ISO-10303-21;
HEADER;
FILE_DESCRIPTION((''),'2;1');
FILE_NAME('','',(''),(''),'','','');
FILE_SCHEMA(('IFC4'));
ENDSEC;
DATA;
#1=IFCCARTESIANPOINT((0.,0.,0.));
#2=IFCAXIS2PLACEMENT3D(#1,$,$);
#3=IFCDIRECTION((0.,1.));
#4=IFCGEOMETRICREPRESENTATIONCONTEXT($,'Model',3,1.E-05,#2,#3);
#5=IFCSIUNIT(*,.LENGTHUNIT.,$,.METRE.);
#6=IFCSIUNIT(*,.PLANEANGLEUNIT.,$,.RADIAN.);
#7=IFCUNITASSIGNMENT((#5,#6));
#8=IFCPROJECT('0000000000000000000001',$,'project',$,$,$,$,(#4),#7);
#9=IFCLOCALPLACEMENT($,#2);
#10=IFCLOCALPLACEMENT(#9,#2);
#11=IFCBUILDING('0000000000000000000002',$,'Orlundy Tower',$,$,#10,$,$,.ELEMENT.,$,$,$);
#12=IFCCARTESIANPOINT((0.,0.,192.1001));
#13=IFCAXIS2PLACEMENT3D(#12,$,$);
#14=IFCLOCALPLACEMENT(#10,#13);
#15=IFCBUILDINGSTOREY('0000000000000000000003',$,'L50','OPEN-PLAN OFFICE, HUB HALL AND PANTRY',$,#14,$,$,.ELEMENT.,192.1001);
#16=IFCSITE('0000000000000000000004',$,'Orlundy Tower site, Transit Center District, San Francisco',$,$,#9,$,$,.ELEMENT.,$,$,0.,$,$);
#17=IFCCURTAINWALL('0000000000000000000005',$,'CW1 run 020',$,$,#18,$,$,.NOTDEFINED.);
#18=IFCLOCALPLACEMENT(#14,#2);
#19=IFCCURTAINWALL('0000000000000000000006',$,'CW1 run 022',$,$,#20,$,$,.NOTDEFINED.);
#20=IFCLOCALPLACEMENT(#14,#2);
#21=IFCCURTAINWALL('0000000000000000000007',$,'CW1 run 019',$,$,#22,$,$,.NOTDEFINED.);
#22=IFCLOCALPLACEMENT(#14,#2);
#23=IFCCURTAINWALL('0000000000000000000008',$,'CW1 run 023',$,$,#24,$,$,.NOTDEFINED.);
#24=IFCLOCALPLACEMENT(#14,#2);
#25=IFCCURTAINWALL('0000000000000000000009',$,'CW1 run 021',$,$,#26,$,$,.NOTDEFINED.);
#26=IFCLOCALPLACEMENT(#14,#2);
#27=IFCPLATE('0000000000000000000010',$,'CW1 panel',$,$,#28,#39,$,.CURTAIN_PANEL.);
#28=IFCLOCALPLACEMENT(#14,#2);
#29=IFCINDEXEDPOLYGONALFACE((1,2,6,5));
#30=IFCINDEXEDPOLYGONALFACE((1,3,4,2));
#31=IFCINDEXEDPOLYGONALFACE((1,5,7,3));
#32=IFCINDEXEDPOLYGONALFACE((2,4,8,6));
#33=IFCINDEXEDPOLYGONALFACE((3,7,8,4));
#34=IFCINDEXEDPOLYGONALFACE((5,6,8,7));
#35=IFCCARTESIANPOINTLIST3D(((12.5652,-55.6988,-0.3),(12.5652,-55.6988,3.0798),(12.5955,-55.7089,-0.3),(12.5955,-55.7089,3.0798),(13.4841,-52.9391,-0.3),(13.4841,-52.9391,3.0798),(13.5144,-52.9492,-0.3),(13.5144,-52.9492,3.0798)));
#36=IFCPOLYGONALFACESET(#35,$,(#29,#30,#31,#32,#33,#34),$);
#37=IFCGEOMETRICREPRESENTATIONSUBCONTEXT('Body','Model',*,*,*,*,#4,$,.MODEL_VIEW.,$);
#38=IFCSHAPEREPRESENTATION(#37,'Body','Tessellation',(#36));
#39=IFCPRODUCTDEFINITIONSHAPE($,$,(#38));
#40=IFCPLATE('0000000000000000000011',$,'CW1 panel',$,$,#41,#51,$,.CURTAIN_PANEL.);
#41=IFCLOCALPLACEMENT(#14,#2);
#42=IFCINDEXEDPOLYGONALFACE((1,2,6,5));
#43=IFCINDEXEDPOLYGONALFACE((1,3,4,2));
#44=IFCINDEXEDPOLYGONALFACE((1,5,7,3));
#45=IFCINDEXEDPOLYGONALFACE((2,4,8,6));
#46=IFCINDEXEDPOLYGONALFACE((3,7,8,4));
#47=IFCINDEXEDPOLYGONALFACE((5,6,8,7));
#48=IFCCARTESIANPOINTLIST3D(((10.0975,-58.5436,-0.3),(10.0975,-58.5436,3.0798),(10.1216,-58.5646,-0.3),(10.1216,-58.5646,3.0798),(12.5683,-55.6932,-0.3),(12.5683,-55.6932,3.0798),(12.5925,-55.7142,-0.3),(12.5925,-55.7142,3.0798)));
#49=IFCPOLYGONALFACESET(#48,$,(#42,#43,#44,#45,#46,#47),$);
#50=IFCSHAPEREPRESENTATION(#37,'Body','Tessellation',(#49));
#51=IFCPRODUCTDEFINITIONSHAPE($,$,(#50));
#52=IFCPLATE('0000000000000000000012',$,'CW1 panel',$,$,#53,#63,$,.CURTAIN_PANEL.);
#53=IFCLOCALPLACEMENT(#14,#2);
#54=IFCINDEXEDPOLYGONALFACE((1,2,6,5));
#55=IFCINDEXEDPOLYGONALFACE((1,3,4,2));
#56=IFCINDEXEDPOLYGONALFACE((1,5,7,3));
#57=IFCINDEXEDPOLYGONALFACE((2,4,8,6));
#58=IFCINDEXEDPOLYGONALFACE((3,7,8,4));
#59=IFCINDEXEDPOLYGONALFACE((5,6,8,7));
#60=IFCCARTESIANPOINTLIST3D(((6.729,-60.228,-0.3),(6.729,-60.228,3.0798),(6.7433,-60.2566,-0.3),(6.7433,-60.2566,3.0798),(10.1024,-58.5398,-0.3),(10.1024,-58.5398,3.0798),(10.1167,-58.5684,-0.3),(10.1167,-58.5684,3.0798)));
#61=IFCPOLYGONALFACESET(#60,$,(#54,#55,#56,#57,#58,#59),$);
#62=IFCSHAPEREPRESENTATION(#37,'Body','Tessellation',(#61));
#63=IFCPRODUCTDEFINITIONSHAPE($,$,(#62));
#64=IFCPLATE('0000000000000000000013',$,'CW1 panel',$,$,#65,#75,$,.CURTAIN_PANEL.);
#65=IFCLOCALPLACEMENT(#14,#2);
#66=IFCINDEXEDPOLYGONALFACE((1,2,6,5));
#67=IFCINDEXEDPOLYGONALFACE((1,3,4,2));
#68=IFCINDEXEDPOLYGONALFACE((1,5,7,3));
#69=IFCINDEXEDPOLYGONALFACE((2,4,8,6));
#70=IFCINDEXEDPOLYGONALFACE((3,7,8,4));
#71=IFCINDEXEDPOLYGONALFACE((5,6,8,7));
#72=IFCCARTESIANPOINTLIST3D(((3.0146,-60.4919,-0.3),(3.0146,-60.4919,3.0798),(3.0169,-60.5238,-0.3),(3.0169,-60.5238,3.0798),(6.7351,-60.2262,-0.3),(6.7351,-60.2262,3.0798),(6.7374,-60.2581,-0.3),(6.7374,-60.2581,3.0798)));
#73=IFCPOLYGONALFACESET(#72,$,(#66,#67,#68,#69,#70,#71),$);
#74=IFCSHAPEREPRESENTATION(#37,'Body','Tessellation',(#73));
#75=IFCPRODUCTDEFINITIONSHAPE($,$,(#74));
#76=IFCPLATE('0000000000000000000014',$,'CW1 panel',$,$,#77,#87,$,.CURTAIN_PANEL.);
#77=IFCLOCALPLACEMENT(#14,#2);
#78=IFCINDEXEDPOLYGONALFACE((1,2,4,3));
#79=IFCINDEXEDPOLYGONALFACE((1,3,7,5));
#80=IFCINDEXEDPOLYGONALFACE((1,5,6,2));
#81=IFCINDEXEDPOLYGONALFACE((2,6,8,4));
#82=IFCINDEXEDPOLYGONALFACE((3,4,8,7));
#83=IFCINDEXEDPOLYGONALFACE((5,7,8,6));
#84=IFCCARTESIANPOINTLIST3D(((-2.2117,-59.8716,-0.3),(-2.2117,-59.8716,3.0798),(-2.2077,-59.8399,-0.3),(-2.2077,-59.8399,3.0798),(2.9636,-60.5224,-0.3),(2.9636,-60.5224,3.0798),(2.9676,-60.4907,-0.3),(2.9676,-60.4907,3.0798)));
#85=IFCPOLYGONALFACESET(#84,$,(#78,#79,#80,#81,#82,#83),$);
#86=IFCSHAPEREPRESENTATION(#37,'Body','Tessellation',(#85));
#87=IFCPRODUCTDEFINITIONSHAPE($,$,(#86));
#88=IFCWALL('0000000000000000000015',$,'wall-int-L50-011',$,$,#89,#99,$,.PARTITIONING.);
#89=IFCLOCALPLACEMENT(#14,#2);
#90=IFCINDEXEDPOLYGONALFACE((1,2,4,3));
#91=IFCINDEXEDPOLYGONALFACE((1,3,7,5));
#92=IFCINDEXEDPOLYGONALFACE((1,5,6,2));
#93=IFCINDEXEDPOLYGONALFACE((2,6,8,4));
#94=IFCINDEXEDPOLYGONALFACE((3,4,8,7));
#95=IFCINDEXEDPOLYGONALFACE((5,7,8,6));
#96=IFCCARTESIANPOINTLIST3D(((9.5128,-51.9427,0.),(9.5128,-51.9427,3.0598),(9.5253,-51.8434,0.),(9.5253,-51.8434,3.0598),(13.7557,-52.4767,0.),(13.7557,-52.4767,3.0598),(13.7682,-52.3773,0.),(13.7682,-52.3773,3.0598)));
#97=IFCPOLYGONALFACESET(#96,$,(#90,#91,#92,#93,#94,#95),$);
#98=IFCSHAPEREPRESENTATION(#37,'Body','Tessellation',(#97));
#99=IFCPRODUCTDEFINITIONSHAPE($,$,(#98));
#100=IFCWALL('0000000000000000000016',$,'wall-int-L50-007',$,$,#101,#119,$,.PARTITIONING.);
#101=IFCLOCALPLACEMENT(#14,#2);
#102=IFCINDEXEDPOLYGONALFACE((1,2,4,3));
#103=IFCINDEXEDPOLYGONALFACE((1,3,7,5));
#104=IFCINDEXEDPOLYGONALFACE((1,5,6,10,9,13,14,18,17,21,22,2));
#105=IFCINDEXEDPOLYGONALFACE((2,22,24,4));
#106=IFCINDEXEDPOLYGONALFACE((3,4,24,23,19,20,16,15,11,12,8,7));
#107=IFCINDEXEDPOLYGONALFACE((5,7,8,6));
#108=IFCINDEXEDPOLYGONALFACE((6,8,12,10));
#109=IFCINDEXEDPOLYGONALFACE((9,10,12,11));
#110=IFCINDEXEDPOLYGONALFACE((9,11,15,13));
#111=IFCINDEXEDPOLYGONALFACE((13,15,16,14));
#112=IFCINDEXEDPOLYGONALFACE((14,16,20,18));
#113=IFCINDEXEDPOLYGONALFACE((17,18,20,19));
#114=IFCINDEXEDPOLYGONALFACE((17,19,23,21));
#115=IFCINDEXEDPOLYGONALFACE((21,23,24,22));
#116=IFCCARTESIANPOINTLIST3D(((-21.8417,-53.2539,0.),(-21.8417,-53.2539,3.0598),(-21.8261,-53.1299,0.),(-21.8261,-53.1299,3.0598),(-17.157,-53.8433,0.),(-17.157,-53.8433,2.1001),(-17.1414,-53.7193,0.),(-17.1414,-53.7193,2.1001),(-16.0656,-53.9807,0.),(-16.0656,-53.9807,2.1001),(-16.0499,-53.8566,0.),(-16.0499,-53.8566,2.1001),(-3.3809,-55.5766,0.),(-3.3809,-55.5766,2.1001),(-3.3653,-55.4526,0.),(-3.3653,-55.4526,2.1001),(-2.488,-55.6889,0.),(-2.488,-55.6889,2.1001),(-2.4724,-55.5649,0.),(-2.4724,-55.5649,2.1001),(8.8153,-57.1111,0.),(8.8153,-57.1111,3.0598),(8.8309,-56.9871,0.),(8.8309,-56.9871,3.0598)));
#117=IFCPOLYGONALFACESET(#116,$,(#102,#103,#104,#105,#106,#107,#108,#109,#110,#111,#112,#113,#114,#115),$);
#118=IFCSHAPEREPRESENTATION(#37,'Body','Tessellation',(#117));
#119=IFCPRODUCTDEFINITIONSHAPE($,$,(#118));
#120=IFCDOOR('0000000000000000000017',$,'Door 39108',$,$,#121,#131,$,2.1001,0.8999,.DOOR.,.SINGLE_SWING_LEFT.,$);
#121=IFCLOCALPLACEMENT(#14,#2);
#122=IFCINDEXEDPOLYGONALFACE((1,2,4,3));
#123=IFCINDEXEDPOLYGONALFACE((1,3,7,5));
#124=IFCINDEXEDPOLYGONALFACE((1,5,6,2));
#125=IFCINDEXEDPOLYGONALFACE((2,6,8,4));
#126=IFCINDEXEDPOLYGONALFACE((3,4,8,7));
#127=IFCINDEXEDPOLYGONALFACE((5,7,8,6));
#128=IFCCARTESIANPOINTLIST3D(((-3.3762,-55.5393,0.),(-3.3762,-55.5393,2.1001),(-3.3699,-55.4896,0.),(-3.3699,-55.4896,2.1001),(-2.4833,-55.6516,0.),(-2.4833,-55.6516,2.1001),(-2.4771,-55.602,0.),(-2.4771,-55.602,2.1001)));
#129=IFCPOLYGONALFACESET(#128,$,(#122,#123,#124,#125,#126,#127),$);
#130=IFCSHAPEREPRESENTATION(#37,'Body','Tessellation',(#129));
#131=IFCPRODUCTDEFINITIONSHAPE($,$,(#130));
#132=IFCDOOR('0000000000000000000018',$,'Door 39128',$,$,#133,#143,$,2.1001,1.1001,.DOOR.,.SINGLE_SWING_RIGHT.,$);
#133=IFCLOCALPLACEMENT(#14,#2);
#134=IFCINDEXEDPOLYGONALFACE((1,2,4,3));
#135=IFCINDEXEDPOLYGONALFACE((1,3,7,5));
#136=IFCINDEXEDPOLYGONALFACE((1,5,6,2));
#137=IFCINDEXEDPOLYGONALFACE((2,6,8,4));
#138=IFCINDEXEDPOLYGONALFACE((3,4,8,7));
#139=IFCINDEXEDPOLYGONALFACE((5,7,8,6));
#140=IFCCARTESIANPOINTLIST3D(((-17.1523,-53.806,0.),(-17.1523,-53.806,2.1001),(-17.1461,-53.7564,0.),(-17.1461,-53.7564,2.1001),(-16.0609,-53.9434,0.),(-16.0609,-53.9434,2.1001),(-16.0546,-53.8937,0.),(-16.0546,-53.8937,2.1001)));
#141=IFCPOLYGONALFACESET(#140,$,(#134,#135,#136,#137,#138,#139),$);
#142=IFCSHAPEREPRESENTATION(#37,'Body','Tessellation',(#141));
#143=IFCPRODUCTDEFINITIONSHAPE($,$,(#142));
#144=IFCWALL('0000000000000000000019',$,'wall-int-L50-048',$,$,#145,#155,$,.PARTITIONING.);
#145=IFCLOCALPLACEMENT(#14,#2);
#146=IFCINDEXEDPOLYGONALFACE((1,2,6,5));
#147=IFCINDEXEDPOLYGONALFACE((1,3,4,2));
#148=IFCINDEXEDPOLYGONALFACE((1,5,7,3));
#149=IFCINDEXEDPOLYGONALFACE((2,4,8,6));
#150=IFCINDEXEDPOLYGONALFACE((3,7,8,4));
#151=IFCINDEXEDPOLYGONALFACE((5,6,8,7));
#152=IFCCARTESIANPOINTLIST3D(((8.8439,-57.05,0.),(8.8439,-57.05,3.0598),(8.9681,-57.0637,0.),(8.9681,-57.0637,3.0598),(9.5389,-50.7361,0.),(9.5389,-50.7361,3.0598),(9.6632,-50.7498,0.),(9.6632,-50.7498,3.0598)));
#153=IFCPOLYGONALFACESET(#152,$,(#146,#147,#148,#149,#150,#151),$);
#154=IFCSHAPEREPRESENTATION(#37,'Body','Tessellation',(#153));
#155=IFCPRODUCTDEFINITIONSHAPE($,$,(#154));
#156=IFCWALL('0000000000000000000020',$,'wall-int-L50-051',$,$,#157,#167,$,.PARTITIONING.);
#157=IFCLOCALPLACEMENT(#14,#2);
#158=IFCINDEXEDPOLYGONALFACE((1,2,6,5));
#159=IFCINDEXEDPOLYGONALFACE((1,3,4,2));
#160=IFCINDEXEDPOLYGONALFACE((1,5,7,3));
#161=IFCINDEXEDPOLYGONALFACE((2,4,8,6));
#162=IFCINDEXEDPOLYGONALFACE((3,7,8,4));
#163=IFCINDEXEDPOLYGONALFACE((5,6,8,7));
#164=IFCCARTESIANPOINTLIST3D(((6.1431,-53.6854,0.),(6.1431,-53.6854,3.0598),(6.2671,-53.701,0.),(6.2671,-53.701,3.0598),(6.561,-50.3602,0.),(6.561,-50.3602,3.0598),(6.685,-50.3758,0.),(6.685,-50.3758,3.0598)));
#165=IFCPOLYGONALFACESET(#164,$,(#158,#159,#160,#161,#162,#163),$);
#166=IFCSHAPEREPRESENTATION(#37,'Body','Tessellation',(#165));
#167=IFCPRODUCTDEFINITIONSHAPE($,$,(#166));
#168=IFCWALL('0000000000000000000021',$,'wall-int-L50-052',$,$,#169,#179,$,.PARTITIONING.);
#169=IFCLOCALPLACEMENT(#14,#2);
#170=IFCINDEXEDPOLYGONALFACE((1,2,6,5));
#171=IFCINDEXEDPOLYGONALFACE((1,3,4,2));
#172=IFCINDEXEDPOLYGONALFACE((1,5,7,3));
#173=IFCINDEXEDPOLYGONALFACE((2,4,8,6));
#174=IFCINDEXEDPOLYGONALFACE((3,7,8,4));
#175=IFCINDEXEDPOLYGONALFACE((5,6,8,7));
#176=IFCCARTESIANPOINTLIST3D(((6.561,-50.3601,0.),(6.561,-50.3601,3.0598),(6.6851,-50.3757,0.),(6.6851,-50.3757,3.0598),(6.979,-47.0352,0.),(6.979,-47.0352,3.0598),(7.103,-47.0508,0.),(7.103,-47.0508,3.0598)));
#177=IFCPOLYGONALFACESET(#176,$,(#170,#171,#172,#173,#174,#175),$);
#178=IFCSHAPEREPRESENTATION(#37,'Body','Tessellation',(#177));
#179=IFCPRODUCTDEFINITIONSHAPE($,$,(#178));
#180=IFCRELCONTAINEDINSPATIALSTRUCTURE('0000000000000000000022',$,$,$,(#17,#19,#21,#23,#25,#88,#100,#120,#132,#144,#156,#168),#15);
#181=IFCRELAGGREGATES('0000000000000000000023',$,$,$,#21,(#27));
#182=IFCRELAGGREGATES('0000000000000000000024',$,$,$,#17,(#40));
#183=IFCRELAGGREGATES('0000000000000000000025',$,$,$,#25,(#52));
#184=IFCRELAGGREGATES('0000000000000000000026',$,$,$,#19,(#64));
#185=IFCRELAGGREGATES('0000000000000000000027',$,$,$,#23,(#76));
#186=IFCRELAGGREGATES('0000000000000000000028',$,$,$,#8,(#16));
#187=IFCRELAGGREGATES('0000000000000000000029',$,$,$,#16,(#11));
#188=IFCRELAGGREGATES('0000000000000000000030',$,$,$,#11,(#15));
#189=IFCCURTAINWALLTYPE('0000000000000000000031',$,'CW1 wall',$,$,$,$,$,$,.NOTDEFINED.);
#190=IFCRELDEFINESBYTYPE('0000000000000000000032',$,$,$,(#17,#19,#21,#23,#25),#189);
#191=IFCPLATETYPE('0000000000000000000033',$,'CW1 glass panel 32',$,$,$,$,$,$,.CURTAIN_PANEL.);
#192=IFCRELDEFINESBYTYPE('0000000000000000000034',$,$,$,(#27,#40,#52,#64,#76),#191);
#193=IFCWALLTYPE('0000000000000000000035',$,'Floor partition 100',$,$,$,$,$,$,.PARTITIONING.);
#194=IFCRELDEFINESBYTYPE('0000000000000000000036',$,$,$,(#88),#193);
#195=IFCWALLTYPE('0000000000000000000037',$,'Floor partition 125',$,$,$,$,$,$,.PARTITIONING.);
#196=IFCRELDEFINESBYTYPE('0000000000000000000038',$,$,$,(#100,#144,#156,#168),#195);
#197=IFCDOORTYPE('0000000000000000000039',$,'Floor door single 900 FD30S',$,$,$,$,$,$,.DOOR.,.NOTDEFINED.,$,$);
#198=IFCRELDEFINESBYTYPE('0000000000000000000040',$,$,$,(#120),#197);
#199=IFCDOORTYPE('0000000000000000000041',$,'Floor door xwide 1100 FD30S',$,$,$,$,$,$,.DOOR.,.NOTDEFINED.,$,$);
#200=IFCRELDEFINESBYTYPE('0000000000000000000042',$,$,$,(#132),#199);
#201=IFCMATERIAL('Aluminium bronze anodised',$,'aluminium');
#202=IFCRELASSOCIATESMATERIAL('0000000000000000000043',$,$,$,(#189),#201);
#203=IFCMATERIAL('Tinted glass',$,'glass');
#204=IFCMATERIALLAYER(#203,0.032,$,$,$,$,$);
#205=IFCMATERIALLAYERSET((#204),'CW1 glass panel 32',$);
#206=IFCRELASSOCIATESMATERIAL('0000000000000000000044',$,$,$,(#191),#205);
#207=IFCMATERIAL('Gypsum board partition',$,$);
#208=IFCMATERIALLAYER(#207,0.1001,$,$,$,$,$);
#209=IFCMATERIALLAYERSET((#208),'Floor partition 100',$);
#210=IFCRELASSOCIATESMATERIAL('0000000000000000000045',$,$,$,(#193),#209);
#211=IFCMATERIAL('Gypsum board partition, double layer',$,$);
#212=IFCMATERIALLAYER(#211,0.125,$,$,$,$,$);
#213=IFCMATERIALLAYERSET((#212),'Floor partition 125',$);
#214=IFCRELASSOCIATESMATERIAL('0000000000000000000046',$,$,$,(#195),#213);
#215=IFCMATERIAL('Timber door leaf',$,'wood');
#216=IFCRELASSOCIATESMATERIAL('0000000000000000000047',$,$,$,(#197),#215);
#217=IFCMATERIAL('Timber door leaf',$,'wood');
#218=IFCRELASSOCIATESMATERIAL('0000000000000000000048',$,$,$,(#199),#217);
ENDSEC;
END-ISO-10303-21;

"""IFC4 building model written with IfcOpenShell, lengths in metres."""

from ifc_helpers import new_model, si_unit, direction, frame, frame_2d, origin, origin_2d, place, context, subcontext, project, spatial, rectangle, extrude, material, layer, layer_set, type_object, element, fill, aggregate, save


model = new_model("IFC4")

# Units and contexts
model_context = context("Model", 3, precision=1e-05, world=origin(), true_north=direction((0.0, 1.0)))
body_context = subcontext(model_context, "Body", "Model", "MODEL_VIEW")
ifc_project = project(units=[si_unit("LENGTHUNIT", "METRE"), si_unit("PLANEANGLEUNIT", "RADIAN")], contexts=[model_context])

# Site, building, storey
site_placement = place(None, origin())
site = spatial("IfcSite", under=ifc_project, at=site_placement, Name="Orlundy Tower site, Transit Center District, San Francisco", CompositionType="ELEMENT", RefElevation=0.0)
building_placement = place(site_placement, origin())
building = spatial("IfcBuilding", under=site, at=building_placement, Name="Orlundy Tower", CompositionType="ELEMENT")
storey_placement = place(building_placement, frame((0.0, 0.0, 192.1001)))
storey = spatial("IfcBuildingStorey", under=building, at=storey_placement, Name="L50", Description="OPEN-PLAN OFFICE, HUB HALL AND PANTRY", CompositionType="ELEMENT", Elevation=192.1001)

# Curtain walls
ifc_material_1 = material(Name="Aluminium bronze anodised", Category="aluminium")
curtain_wall_type = type_object("IfcCurtainWallType", Name="CW1 wall", PredefinedType="NOTDEFINED", material=ifc_material_1)
curtain_wall_1_placement = place(storey_placement, origin())
curtain_wall_1 = element("IfcCurtainWall", 1, at=curtain_wall_1_placement, inside=storey, type_object=curtain_wall_type, Name="CW1 run 020", PredefinedType="NOTDEFINED")
curtain_wall_2_placement = place(storey_placement, origin())
curtain_wall_2 = element("IfcCurtainWall", 2, at=curtain_wall_2_placement, inside=storey, type_object=curtain_wall_type, Name="CW1 run 022", PredefinedType="NOTDEFINED")
curtain_wall_3_placement = place(storey_placement, origin())
curtain_wall_3 = element("IfcCurtainWall", 3, at=curtain_wall_3_placement, inside=storey, type_object=curtain_wall_type, Name="CW1 run 019", PredefinedType="NOTDEFINED")
curtain_wall_4_placement = place(storey_placement, origin())
curtain_wall_4 = element("IfcCurtainWall", 4, at=curtain_wall_4_placement, inside=storey, type_object=curtain_wall_type, Name="CW1 run 023", PredefinedType="NOTDEFINED")

# Curtain wall
curtain_wall_5_placement = place(storey_placement, origin())
curtain_wall_5 = element("IfcCurtainWall", 5, at=curtain_wall_5_placement, inside=storey, type_object=curtain_wall_type, Name="CW1 run 021", PredefinedType="NOTDEFINED")

# Shared definitions
ifc_material_2 = material(Name="Tinted glass", Category="glass")
ifc_layer_1 = layer(ifc_material_2, 0.032)
ifc_layer_set_1 = layer_set([ifc_layer_1], Name="CW1 glass panel 32")
plate_type = type_object("IfcPlateType", Name="CW1 glass panel 32", PredefinedType="CURTAIN_PANEL", material=ifc_layer_set_1)

# Plates
plate_1_placement = place(storey_placement, frame((13.0398, -54.324, -0.3), z_axis=(0.0, 0.0, 1.0), x_axis=(-0.315904, -0.948791, 0.0)))
plate_1 = element("IfcPlate", 6, at=plate_1_placement, type_object=plate_type, Name="CW1 panel", PredefinedType="CURTAIN_PANEL", context=body_context, shape_type="SweptSolid", body=[
    extrude(rectangle(XDim=2.9087, YDim=0.032, at=origin_2d()), origin(), (0.0, 0.0, 1.0), 3.3799),
])
aggregate(curtain_wall_3, [plate_1])
plate_2_placement = place(storey_placement, frame((11.345, -57.1289, -0.3), z_axis=(0.0, 0.0, 1.0), x_axis=(-0.655002, -0.755627, 0.0)))
plate_2 = element("IfcPlate", 7, at=plate_2_placement, type_object=plate_type, Name="CW1 panel", PredefinedType="CURTAIN_PANEL", context=body_context, shape_type="SweptSolid", body=[
    extrude(rectangle(XDim=3.7722, YDim=0.032, at=origin_2d()), origin(), (0.0, 0.0, 1.0), 3.3799),
])
aggregate(curtain_wall_1, [plate_2])
plate_3_placement = place(storey_placement, frame((8.4229, -59.3982, -0.3), z_axis=(0.0, 0.0, 1.0), x_axis=(-0.894265, -0.447537, 0.0)))
plate_3 = element("IfcPlate", 8, at=plate_3_placement, type_object=plate_type, Name="CW1 panel", PredefinedType="CURTAIN_PANEL", context=body_context, shape_type="SweptSolid", body=[
    extrude(rectangle(XDim=3.7722, YDim=0.032, at=origin_2d()), origin(), (0.0, 0.0, 1.0), 3.3799),
])
aggregate(curtain_wall_5, [plate_3])
plate_4_placement = place(storey_placement, frame((4.876, -60.375, -0.3), z_axis=(0.0, 0.0, 1.0), x_axis=(-0.99746, -0.071228, 0.0)))
plate_4 = element("IfcPlate", 9, at=plate_4_placement, type_object=plate_type, Name="CW1 panel", PredefinedType="CURTAIN_PANEL", context=body_context, shape_type="SweptSolid", body=[
    extrude(rectangle(XDim=3.73, YDim=0.032, at=origin_2d()), origin(), (0.0, 0.0, 1.0), 3.3799),
])
aggregate(curtain_wall_2, [plate_4])
plate_5_placement = place(storey_placement, frame((0.3779, -60.1812, -0.3), z_axis=(0.0, 0.0, 1.0), x_axis=(-0.992187, 0.124761, 0.0)))
plate_5 = element("IfcPlate", 10, at=plate_5_placement, type_object=plate_type, Name="CW1 panel", PredefinedType="CURTAIN_PANEL", context=body_context, shape_type="SweptSolid", body=[
    extrude(rectangle(XDim=5.2161, YDim=0.032, at=origin_2d()), origin(), (0.0, 0.0, 1.0), 3.3799),
])
aggregate(curtain_wall_4, [plate_5])

# Wall
ifc_material_3 = material(Name="Gypsum board partition")
ifc_layer_2 = layer(ifc_material_3, 0.1001)
ifc_layer_set_2 = layer_set([ifc_layer_2], Name="Floor partition 100")
wall_type_1 = type_object("IfcWallType", Name="Floor partition 100", PredefinedType="PARTITIONING", material=ifc_layer_set_2)
wall_1_placement = place(storey_placement, frame((9.519, -51.8931, 0.0), z_axis=(0.0, 0.0, 1.0), x_axis=(0.992175, -0.124857, 0.0)))
element("IfcWall", 11, at=wall_1_placement, inside=storey, type_object=wall_type_1, Name="wall-int-L50-011", PredefinedType="PARTITIONING", context=body_context, shape_type="SweptSolid", body=[
    extrude(rectangle(XDim=4.2764, YDim=0.1001, at=frame_2d((2.1382, 0.0))), origin(), (0.0, 0.0, 1.0), 3.0598),
])

# Wall, openings, doors
ifc_material_4 = material(Name="Gypsum board partition, double layer")
ifc_layer_3 = layer(ifc_material_4, 0.125)
ifc_layer_set_3 = layer_set([ifc_layer_3], Name="Floor partition 125")
wall_type_2 = type_object("IfcWallType", Name="Floor partition 125", PredefinedType="PARTITIONING", material=ifc_layer_set_3)
wall_2_placement = place(storey_placement, frame((8.823, -57.0491, 0.0), z_axis=(0.0, 0.0, 1.0), x_axis=(-0.992178, 0.124833, 0.0)))
wall_2 = element("IfcWall", 12, at=wall_2_placement, inside=storey, type_object=wall_type_2, Name="wall-int-L50-007", PredefinedType="PARTITIONING", context=body_context, shape_type="SweptSolid", body=[
    extrude(rectangle(XDim=30.8987, YDim=0.125, at=frame_2d((15.4492, 0.0))), origin(), (0.0, 0.0, 1.0), 3.0598),
])
opening_1_placement = place(wall_2_placement, frame((11.3923, 0.0, 0.0)))
opening_1 = element("IfcOpeningElement", 13, at=opening_1_placement, cuts=wall_2, PredefinedType="OPENING", context=body_context, shape_type="SweptSolid", body=[
    extrude(rectangle(XDim=0.8999, YDim=2.1001, at=frame_2d((0.45, 1.05))), frame((0.0, 0.0725, 0.0), z_axis=(0.0, -1.0, 0.0), x_axis=(1.0, 0.0, 0.0)), (0.0, 0.0, 1.0), 0.145),
])
opening_2_placement = place(wall_2_placement, frame((25.0769, 0.0, 0.0)))
opening_2 = element("IfcOpeningElement", 14, at=opening_2_placement, cuts=wall_2, PredefinedType="OPENING", context=body_context, shape_type="SweptSolid", body=[
    extrude(rectangle(XDim=1.1001, YDim=2.1001, at=frame_2d((0.55, 1.05))), frame((0.0, 0.0725, 0.0), z_axis=(0.0, -1.0, 0.0), x_axis=(1.0, 0.0, 0.0)), (0.0, 0.0, 1.0), 0.145),
])
ifc_material_5 = material(Name="Timber door leaf", Category="wood")
door_type_1 = type_object("IfcDoorType", Name="Floor door single 900 FD30S", OperationType="NOTDEFINED", PredefinedType="DOOR", material=ifc_material_5)
door_1_placement = place(opening_1_placement, origin())
door_1 = element("IfcDoor", 15, at=door_1_placement, inside=storey, type_object=door_type_1, Name="Door 39108", OperationType="SINGLE_SWING_LEFT", OverallHeight=2.1001, OverallWidth=0.8999, PredefinedType="DOOR", context=body_context, shape_type="SweptSolid", body=[
    extrude(rectangle(XDim=0.8999, YDim=2.1001, at=frame_2d((0.45, 1.05))), frame((0.0, 0.0249, 0.0), z_axis=(0.0, -1.0, 0.0), x_axis=(1.0, 0.0, 0.0)), (0.0, 0.0, 1.0), 0.05),
])
fill(opening_1, door_1)
ifc_material_6 = material(Name="Timber door leaf", Category="wood")
door_type_2 = type_object("IfcDoorType", Name="Floor door xwide 1100 FD30S", OperationType="NOTDEFINED", PredefinedType="DOOR", material=ifc_material_6)
door_2_placement = place(opening_2_placement, origin())
door_2 = element("IfcDoor", 16, at=door_2_placement, inside=storey, type_object=door_type_2, Name="Door 39128", OperationType="SINGLE_SWING_RIGHT", OverallHeight=2.1001, OverallWidth=1.1001, PredefinedType="DOOR", context=body_context, shape_type="SweptSolid", body=[
    extrude(rectangle(XDim=1.1001, YDim=2.1001, at=frame_2d((0.55, 1.05))), frame((0.0, 0.0249, 0.0), z_axis=(0.0, -1.0, 0.0), x_axis=(1.0, 0.0, 0.0)), (0.0, 0.0, 1.0), 0.05),
])
fill(opening_2, door_2)

# Walls
wall_3_placement = place(storey_placement, frame((9.6011, -50.7429, 0.0), z_axis=(0.0, 0.0, 1.0), x_axis=(-0.109423, -0.993995, 0.0)))
element("IfcWall", 17, at=wall_3_placement, inside=storey, type_object=wall_type_2, Name="wall-int-L50-048", PredefinedType="PARTITIONING", context=body_context, shape_type="SweptSolid", body=[
    extrude(rectangle(XDim=6.3521, YDim=0.125, at=frame_2d((3.176, 0.0))), origin(), (0.0, 0.0, 1.0), 3.0598),
])
wall_4_placement = place(storey_placement, frame((6.623, -50.3679, 0.0), z_axis=(0.0, 0.0, 1.0), x_axis=(-0.124716, -0.992192, 0.0)))
element("IfcWall", 18, at=wall_4_placement, inside=storey, type_object=wall_type_2, Name="wall-int-L50-051", PredefinedType="PARTITIONING", context=body_context, shape_type="SweptSolid", body=[
    extrude(rectangle(XDim=3.3513, YDim=0.125, at=frame_2d((1.6758, 0.0))), origin(), (0.0, 0.0, 1.0), 3.0598),
])
wall_5_placement = place(storey_placement, frame((6.623, -50.3679, 0.0), z_axis=(0.0, 0.0, 1.0), x_axis=(0.124725, 0.992191, 0.0)))
element("IfcWall", 19, at=wall_5_placement, inside=storey, type_object=wall_type_2, Name="wall-int-L50-052", PredefinedType="PARTITIONING", context=body_context, shape_type="SweptSolid", body=[
    extrude(rectangle(XDim=3.3511, YDim=0.125, at=frame_2d((1.6755, 0.0))), origin(), (0.0, 0.0, 1.0), 3.0598),
])

save(model, "model.ifc")
